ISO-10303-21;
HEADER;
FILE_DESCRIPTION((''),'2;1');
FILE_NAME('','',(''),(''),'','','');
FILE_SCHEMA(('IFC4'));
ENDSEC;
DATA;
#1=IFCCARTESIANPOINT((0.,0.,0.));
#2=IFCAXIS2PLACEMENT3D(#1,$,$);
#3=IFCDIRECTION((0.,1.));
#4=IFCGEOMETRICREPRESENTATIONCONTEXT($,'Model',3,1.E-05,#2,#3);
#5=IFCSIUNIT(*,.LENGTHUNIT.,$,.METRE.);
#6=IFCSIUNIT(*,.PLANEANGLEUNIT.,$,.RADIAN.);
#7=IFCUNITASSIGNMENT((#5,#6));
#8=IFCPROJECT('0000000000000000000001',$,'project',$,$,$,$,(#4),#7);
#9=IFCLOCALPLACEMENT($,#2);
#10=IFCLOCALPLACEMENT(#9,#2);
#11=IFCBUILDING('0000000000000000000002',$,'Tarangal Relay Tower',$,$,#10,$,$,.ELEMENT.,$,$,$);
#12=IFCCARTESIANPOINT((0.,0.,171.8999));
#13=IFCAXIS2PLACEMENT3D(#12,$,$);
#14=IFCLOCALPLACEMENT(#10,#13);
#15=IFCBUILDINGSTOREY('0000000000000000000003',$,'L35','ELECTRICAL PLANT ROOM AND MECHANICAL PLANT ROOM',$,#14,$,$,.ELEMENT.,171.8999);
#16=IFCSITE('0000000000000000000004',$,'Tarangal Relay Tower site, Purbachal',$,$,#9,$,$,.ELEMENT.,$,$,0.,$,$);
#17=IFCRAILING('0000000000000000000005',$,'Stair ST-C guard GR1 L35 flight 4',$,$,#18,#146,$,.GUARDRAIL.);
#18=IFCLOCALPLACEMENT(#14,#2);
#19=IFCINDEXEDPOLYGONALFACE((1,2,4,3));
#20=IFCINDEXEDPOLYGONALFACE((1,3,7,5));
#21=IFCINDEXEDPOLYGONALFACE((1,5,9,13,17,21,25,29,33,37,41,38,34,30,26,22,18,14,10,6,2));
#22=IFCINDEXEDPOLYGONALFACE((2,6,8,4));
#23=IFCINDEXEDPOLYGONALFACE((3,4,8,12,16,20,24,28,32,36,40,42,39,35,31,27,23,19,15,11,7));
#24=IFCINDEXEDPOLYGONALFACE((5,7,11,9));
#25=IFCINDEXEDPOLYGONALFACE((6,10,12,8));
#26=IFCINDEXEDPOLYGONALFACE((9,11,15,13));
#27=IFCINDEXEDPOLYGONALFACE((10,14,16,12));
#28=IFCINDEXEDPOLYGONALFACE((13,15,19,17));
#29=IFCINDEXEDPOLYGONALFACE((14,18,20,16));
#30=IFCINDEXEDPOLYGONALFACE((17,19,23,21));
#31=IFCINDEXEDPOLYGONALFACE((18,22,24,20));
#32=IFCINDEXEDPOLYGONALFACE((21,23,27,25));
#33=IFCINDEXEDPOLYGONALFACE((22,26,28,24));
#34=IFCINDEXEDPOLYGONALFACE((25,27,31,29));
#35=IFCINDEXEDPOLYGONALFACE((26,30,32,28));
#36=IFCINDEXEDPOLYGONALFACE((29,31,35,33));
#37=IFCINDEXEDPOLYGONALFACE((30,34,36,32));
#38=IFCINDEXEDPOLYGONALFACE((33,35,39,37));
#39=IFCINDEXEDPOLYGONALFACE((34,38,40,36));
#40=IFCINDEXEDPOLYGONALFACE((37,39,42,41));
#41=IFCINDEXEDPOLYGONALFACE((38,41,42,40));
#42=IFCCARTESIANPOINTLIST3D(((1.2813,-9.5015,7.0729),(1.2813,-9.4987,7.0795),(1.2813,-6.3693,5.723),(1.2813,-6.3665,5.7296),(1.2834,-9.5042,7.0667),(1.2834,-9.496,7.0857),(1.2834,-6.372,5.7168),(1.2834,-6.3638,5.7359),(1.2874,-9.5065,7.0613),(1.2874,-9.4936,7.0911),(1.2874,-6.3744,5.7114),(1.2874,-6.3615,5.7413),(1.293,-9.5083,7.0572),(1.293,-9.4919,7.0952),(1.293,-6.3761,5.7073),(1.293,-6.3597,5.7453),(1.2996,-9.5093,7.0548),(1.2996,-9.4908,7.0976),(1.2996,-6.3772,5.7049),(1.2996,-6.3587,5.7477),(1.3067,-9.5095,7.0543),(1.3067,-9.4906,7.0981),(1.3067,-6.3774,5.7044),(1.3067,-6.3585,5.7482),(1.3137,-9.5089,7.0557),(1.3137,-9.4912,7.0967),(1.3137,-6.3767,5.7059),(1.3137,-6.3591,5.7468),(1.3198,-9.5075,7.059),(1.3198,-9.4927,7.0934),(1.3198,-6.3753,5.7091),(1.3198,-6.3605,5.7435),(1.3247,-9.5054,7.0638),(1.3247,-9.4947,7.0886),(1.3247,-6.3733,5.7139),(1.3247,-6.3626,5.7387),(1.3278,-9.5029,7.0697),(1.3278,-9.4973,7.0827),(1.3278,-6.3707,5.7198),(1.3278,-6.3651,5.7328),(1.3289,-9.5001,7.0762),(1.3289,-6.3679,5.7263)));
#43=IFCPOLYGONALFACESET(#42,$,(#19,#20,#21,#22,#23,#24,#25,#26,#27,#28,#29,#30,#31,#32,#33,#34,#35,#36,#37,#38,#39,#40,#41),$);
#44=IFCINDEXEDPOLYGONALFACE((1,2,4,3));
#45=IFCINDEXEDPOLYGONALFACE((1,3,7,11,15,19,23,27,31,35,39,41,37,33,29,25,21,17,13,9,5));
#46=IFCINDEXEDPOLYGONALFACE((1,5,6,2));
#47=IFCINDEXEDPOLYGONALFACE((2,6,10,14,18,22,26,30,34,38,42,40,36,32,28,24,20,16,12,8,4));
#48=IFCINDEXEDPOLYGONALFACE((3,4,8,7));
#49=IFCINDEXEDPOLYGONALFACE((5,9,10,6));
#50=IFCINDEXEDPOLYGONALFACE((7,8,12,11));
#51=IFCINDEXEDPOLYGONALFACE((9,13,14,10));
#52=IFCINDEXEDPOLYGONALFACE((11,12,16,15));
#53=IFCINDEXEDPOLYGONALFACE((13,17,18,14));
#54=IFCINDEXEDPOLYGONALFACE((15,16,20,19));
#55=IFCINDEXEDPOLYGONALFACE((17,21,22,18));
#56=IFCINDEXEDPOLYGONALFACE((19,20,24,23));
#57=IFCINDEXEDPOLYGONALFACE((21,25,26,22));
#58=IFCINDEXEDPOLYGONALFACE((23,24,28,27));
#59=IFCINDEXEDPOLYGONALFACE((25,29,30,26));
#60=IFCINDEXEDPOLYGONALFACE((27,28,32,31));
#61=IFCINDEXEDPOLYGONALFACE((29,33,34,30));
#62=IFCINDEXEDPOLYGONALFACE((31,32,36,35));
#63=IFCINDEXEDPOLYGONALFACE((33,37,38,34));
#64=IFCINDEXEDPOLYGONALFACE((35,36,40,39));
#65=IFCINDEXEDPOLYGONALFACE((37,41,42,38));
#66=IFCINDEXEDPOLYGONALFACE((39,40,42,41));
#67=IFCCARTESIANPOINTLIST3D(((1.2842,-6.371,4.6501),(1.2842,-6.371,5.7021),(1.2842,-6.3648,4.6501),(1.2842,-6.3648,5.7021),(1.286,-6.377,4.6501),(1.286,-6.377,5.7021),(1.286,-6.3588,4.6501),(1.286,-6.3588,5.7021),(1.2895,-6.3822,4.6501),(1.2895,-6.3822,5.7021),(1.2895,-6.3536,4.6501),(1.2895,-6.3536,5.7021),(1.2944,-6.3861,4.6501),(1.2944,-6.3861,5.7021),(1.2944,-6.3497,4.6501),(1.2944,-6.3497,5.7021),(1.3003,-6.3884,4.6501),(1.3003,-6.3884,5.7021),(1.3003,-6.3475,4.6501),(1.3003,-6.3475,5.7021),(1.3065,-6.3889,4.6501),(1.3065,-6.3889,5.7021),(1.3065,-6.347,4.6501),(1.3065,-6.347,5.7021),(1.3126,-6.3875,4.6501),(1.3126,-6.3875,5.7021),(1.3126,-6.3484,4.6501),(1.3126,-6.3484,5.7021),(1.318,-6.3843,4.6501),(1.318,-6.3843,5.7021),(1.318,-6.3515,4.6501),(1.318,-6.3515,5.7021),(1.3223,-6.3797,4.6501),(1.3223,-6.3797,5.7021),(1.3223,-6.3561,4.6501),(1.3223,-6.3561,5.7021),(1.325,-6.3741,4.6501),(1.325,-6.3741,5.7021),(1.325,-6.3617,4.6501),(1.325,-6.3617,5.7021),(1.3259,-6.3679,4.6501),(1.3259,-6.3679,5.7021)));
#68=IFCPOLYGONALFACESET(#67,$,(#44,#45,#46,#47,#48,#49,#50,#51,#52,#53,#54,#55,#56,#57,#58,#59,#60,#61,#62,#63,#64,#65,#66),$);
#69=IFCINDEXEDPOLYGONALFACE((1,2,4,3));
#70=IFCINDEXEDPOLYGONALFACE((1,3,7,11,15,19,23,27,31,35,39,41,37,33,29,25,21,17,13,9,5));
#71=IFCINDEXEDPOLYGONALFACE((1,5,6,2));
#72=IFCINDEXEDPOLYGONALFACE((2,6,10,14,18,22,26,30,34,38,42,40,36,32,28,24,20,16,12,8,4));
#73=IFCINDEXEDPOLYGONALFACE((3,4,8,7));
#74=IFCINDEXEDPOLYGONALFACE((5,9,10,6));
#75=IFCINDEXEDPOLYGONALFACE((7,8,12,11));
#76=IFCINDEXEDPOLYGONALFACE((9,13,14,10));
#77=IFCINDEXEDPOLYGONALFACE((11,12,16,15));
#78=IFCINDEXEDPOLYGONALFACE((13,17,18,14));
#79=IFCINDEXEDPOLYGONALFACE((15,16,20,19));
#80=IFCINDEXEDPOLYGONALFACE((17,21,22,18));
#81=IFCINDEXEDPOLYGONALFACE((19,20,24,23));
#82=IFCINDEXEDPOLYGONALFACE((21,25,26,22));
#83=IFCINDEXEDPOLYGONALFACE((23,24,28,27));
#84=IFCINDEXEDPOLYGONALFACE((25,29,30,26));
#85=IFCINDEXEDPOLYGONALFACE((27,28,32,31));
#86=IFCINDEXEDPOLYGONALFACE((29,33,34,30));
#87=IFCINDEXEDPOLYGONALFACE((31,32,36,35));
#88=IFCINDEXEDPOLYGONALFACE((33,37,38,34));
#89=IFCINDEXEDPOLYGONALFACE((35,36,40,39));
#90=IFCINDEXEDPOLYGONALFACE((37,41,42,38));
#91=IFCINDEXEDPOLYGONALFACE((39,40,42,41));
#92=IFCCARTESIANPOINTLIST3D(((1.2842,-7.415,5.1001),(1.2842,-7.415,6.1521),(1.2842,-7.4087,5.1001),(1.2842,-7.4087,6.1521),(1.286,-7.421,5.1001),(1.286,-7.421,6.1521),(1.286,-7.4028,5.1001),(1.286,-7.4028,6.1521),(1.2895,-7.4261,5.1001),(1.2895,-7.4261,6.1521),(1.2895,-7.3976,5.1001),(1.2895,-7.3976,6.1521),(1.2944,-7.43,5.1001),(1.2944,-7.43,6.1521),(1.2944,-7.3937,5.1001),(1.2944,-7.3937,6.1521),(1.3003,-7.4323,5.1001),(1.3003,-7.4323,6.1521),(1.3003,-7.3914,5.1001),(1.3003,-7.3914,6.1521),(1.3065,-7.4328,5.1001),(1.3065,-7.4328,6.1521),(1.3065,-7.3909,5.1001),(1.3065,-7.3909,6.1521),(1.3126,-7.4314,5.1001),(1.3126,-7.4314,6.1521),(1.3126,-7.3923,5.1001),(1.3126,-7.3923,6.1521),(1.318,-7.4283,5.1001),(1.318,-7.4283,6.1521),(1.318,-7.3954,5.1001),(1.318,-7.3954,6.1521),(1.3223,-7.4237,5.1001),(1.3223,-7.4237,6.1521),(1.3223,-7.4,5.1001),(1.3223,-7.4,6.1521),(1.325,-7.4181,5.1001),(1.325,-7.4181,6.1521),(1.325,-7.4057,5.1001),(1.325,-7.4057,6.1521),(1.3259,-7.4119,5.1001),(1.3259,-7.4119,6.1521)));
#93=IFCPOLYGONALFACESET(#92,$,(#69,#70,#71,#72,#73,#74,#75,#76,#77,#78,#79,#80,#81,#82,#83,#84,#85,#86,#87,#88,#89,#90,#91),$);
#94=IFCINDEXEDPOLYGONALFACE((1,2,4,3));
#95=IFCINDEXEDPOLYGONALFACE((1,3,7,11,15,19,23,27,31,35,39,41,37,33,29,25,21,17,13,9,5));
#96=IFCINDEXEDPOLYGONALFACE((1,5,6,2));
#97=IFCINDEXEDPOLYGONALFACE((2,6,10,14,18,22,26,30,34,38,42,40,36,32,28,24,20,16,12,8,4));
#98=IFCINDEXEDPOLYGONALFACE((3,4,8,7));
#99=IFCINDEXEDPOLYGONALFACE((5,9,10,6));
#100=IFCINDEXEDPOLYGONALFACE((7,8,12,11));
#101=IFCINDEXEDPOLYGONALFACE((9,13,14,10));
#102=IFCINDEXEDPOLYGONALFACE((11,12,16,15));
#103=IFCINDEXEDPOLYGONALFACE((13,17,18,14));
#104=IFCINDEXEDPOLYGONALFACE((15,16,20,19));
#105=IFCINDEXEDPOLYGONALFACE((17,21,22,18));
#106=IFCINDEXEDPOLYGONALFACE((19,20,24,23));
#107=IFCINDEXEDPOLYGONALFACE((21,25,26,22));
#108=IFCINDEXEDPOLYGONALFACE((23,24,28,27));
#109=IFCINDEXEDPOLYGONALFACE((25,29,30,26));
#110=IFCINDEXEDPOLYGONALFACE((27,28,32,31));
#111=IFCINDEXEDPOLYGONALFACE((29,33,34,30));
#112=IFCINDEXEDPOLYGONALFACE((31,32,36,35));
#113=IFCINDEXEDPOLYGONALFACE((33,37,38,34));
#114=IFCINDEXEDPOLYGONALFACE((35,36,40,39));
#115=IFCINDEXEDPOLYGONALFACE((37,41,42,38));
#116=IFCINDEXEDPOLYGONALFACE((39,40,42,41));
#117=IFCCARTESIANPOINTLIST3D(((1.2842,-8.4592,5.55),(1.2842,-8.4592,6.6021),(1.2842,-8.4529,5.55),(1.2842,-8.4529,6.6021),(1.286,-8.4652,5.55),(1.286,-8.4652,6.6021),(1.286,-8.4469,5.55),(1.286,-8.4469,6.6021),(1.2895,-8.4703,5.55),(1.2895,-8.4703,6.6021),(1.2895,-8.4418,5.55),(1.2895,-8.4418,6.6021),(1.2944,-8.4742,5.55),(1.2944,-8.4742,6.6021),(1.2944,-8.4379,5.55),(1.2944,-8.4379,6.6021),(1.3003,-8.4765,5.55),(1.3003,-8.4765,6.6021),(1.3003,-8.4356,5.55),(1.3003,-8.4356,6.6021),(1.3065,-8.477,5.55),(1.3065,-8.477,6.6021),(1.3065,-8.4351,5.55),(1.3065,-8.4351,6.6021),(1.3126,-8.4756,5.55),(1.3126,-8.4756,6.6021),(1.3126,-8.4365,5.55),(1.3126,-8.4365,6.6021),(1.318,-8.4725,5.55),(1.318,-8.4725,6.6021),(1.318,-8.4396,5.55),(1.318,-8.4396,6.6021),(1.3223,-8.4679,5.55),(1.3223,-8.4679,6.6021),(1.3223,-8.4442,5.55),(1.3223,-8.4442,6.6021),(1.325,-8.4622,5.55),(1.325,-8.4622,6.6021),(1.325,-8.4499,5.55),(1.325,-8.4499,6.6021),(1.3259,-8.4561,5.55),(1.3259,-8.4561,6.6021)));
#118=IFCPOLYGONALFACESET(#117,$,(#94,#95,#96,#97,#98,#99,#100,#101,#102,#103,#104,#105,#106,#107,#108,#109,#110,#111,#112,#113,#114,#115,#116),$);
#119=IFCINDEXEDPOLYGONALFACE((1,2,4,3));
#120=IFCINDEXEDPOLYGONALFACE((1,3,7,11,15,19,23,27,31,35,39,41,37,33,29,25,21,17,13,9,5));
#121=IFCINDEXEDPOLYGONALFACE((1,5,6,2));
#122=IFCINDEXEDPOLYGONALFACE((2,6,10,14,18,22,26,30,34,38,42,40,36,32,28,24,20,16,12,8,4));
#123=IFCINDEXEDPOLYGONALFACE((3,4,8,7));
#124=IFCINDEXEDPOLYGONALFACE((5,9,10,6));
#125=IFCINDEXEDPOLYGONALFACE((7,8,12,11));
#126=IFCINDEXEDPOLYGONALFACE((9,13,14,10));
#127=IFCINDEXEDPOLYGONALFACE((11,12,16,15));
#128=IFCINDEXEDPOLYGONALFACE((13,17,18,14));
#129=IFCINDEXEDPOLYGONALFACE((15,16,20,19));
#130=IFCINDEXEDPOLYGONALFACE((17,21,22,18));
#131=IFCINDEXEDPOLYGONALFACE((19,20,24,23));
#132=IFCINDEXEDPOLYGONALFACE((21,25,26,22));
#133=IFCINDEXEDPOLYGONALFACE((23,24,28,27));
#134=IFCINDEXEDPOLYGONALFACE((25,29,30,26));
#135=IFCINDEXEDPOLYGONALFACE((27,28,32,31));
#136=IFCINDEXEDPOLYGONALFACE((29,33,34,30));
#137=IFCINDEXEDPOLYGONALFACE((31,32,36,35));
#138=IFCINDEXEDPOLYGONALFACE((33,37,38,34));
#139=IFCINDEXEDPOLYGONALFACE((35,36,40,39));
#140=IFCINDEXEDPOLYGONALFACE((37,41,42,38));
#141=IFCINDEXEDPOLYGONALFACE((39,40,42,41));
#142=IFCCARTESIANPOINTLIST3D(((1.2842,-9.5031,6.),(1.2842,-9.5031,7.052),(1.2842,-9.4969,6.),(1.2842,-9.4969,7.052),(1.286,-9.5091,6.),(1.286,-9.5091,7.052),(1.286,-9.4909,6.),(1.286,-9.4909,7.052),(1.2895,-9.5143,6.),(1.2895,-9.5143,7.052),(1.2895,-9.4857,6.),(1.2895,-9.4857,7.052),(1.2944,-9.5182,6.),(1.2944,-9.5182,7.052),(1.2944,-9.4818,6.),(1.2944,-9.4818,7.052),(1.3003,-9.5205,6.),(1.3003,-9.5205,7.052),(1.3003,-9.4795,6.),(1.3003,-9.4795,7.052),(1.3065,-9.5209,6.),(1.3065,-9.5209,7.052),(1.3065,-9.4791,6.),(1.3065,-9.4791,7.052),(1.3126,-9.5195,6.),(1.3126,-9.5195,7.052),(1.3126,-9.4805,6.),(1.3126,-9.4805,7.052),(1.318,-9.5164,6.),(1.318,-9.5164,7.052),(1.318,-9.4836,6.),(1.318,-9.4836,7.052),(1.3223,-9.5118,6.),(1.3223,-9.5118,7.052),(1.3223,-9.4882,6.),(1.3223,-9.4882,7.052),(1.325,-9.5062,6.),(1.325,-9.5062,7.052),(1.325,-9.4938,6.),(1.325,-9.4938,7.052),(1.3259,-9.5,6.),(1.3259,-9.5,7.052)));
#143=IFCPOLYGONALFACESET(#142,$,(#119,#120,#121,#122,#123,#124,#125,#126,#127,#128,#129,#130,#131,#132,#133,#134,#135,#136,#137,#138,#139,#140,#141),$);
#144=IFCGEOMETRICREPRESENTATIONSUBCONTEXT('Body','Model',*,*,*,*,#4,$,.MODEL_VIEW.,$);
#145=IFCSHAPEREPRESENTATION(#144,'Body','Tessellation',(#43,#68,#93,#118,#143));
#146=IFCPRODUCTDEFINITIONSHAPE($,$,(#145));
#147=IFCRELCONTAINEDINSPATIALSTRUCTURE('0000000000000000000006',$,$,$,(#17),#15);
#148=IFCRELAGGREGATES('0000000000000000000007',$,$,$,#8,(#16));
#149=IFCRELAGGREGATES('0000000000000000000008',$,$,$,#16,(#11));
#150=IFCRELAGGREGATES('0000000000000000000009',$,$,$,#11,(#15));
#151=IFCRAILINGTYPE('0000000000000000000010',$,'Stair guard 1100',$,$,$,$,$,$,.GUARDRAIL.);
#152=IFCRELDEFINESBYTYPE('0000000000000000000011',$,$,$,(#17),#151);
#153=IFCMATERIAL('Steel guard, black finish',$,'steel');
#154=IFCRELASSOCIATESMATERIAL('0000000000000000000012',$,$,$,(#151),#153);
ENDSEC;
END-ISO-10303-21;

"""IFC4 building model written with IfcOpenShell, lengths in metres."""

from ifc_helpers import new_model, si_unit, direction, frame, origin, origin_2d, place, context, subcontext, project, spatial, circle, extrude, material, type_object, element, save


model = new_model("IFC4")

# Units and contexts
model_context = context("Model", 3, precision=1e-05, world=origin(), true_north=direction((0.0, 1.0)))
body_context = subcontext(model_context, "Body", "Model", "MODEL_VIEW")
ifc_project = project(units=[si_unit("LENGTHUNIT", "METRE"), si_unit("PLANEANGLEUNIT", "RADIAN")], contexts=[model_context])

# Site, building, storey
site_placement = place(None, origin())
site = spatial("IfcSite", under=ifc_project, at=site_placement, Name="Tarangal Relay Tower site, Purbachal", CompositionType="ELEMENT", RefElevation=0.0)
building_placement = place(site_placement, origin())
building = spatial("IfcBuilding", under=site, at=building_placement, Name="Tarangal Relay Tower", CompositionType="ELEMENT")
storey_placement = place(building_placement, frame((0.0, 0.0, 171.8999)))
storey = spatial("IfcBuildingStorey", under=building, at=storey_placement, Name="L35", Description="ELECTRICAL PLANT ROOM AND MECHANICAL PLANT ROOM", CompositionType="ELEMENT", Elevation=171.8999)

# Railing
ifc_material_1 = material(Name="Steel guard, black finish", Category="steel")
railing_type_1 = type_object("IfcRailingType", Name="Stair guard 1100", PredefinedType="GUARDRAIL", material=ifc_material_1)
for number, where, name in (
    (1, (1.3049, -6.3679, 4.6501), "Stair ST-C guard GR1 L35 flight 4"),
):
    element("IfcRailing", number, at=place(storey_placement, frame(where)), inside=storey, type_object=railing_type_1, Name=name, PredefinedType="GUARDRAIL", context=body_context, shape_type="SweptSolid", body=[
        extrude(circle(Radius=0.0239, at=origin_2d()), frame((0.0, 0.0, 1.0762), z_axis=(0.0, -0.918343, 0.395785), x_axis=(1.0, 0.0, 0.0)), (0.0, 0.0, 1.0), 3.4106),
        extrude(circle(Radius=0.021, at=origin_2d()), origin(), (0.0, 0.0, 1.0), 1.052),
        extrude(circle(Radius=0.021, at=origin_2d()), frame((0.0, -1.0439, 0.45)), (0.0, 0.0, 1.0), 1.052),
        extrude(circle(Radius=0.021, at=origin_2d()), frame((0.0, -2.0881, 0.8999)), (0.0, 0.0, 1.0), 1.052),
        extrude(circle(Radius=0.021, at=origin_2d()), frame((0.0, -3.1321, 1.3499)), (0.0, 0.0, 1.0), 1.052),
    ])

save(model, "model.ifc")
